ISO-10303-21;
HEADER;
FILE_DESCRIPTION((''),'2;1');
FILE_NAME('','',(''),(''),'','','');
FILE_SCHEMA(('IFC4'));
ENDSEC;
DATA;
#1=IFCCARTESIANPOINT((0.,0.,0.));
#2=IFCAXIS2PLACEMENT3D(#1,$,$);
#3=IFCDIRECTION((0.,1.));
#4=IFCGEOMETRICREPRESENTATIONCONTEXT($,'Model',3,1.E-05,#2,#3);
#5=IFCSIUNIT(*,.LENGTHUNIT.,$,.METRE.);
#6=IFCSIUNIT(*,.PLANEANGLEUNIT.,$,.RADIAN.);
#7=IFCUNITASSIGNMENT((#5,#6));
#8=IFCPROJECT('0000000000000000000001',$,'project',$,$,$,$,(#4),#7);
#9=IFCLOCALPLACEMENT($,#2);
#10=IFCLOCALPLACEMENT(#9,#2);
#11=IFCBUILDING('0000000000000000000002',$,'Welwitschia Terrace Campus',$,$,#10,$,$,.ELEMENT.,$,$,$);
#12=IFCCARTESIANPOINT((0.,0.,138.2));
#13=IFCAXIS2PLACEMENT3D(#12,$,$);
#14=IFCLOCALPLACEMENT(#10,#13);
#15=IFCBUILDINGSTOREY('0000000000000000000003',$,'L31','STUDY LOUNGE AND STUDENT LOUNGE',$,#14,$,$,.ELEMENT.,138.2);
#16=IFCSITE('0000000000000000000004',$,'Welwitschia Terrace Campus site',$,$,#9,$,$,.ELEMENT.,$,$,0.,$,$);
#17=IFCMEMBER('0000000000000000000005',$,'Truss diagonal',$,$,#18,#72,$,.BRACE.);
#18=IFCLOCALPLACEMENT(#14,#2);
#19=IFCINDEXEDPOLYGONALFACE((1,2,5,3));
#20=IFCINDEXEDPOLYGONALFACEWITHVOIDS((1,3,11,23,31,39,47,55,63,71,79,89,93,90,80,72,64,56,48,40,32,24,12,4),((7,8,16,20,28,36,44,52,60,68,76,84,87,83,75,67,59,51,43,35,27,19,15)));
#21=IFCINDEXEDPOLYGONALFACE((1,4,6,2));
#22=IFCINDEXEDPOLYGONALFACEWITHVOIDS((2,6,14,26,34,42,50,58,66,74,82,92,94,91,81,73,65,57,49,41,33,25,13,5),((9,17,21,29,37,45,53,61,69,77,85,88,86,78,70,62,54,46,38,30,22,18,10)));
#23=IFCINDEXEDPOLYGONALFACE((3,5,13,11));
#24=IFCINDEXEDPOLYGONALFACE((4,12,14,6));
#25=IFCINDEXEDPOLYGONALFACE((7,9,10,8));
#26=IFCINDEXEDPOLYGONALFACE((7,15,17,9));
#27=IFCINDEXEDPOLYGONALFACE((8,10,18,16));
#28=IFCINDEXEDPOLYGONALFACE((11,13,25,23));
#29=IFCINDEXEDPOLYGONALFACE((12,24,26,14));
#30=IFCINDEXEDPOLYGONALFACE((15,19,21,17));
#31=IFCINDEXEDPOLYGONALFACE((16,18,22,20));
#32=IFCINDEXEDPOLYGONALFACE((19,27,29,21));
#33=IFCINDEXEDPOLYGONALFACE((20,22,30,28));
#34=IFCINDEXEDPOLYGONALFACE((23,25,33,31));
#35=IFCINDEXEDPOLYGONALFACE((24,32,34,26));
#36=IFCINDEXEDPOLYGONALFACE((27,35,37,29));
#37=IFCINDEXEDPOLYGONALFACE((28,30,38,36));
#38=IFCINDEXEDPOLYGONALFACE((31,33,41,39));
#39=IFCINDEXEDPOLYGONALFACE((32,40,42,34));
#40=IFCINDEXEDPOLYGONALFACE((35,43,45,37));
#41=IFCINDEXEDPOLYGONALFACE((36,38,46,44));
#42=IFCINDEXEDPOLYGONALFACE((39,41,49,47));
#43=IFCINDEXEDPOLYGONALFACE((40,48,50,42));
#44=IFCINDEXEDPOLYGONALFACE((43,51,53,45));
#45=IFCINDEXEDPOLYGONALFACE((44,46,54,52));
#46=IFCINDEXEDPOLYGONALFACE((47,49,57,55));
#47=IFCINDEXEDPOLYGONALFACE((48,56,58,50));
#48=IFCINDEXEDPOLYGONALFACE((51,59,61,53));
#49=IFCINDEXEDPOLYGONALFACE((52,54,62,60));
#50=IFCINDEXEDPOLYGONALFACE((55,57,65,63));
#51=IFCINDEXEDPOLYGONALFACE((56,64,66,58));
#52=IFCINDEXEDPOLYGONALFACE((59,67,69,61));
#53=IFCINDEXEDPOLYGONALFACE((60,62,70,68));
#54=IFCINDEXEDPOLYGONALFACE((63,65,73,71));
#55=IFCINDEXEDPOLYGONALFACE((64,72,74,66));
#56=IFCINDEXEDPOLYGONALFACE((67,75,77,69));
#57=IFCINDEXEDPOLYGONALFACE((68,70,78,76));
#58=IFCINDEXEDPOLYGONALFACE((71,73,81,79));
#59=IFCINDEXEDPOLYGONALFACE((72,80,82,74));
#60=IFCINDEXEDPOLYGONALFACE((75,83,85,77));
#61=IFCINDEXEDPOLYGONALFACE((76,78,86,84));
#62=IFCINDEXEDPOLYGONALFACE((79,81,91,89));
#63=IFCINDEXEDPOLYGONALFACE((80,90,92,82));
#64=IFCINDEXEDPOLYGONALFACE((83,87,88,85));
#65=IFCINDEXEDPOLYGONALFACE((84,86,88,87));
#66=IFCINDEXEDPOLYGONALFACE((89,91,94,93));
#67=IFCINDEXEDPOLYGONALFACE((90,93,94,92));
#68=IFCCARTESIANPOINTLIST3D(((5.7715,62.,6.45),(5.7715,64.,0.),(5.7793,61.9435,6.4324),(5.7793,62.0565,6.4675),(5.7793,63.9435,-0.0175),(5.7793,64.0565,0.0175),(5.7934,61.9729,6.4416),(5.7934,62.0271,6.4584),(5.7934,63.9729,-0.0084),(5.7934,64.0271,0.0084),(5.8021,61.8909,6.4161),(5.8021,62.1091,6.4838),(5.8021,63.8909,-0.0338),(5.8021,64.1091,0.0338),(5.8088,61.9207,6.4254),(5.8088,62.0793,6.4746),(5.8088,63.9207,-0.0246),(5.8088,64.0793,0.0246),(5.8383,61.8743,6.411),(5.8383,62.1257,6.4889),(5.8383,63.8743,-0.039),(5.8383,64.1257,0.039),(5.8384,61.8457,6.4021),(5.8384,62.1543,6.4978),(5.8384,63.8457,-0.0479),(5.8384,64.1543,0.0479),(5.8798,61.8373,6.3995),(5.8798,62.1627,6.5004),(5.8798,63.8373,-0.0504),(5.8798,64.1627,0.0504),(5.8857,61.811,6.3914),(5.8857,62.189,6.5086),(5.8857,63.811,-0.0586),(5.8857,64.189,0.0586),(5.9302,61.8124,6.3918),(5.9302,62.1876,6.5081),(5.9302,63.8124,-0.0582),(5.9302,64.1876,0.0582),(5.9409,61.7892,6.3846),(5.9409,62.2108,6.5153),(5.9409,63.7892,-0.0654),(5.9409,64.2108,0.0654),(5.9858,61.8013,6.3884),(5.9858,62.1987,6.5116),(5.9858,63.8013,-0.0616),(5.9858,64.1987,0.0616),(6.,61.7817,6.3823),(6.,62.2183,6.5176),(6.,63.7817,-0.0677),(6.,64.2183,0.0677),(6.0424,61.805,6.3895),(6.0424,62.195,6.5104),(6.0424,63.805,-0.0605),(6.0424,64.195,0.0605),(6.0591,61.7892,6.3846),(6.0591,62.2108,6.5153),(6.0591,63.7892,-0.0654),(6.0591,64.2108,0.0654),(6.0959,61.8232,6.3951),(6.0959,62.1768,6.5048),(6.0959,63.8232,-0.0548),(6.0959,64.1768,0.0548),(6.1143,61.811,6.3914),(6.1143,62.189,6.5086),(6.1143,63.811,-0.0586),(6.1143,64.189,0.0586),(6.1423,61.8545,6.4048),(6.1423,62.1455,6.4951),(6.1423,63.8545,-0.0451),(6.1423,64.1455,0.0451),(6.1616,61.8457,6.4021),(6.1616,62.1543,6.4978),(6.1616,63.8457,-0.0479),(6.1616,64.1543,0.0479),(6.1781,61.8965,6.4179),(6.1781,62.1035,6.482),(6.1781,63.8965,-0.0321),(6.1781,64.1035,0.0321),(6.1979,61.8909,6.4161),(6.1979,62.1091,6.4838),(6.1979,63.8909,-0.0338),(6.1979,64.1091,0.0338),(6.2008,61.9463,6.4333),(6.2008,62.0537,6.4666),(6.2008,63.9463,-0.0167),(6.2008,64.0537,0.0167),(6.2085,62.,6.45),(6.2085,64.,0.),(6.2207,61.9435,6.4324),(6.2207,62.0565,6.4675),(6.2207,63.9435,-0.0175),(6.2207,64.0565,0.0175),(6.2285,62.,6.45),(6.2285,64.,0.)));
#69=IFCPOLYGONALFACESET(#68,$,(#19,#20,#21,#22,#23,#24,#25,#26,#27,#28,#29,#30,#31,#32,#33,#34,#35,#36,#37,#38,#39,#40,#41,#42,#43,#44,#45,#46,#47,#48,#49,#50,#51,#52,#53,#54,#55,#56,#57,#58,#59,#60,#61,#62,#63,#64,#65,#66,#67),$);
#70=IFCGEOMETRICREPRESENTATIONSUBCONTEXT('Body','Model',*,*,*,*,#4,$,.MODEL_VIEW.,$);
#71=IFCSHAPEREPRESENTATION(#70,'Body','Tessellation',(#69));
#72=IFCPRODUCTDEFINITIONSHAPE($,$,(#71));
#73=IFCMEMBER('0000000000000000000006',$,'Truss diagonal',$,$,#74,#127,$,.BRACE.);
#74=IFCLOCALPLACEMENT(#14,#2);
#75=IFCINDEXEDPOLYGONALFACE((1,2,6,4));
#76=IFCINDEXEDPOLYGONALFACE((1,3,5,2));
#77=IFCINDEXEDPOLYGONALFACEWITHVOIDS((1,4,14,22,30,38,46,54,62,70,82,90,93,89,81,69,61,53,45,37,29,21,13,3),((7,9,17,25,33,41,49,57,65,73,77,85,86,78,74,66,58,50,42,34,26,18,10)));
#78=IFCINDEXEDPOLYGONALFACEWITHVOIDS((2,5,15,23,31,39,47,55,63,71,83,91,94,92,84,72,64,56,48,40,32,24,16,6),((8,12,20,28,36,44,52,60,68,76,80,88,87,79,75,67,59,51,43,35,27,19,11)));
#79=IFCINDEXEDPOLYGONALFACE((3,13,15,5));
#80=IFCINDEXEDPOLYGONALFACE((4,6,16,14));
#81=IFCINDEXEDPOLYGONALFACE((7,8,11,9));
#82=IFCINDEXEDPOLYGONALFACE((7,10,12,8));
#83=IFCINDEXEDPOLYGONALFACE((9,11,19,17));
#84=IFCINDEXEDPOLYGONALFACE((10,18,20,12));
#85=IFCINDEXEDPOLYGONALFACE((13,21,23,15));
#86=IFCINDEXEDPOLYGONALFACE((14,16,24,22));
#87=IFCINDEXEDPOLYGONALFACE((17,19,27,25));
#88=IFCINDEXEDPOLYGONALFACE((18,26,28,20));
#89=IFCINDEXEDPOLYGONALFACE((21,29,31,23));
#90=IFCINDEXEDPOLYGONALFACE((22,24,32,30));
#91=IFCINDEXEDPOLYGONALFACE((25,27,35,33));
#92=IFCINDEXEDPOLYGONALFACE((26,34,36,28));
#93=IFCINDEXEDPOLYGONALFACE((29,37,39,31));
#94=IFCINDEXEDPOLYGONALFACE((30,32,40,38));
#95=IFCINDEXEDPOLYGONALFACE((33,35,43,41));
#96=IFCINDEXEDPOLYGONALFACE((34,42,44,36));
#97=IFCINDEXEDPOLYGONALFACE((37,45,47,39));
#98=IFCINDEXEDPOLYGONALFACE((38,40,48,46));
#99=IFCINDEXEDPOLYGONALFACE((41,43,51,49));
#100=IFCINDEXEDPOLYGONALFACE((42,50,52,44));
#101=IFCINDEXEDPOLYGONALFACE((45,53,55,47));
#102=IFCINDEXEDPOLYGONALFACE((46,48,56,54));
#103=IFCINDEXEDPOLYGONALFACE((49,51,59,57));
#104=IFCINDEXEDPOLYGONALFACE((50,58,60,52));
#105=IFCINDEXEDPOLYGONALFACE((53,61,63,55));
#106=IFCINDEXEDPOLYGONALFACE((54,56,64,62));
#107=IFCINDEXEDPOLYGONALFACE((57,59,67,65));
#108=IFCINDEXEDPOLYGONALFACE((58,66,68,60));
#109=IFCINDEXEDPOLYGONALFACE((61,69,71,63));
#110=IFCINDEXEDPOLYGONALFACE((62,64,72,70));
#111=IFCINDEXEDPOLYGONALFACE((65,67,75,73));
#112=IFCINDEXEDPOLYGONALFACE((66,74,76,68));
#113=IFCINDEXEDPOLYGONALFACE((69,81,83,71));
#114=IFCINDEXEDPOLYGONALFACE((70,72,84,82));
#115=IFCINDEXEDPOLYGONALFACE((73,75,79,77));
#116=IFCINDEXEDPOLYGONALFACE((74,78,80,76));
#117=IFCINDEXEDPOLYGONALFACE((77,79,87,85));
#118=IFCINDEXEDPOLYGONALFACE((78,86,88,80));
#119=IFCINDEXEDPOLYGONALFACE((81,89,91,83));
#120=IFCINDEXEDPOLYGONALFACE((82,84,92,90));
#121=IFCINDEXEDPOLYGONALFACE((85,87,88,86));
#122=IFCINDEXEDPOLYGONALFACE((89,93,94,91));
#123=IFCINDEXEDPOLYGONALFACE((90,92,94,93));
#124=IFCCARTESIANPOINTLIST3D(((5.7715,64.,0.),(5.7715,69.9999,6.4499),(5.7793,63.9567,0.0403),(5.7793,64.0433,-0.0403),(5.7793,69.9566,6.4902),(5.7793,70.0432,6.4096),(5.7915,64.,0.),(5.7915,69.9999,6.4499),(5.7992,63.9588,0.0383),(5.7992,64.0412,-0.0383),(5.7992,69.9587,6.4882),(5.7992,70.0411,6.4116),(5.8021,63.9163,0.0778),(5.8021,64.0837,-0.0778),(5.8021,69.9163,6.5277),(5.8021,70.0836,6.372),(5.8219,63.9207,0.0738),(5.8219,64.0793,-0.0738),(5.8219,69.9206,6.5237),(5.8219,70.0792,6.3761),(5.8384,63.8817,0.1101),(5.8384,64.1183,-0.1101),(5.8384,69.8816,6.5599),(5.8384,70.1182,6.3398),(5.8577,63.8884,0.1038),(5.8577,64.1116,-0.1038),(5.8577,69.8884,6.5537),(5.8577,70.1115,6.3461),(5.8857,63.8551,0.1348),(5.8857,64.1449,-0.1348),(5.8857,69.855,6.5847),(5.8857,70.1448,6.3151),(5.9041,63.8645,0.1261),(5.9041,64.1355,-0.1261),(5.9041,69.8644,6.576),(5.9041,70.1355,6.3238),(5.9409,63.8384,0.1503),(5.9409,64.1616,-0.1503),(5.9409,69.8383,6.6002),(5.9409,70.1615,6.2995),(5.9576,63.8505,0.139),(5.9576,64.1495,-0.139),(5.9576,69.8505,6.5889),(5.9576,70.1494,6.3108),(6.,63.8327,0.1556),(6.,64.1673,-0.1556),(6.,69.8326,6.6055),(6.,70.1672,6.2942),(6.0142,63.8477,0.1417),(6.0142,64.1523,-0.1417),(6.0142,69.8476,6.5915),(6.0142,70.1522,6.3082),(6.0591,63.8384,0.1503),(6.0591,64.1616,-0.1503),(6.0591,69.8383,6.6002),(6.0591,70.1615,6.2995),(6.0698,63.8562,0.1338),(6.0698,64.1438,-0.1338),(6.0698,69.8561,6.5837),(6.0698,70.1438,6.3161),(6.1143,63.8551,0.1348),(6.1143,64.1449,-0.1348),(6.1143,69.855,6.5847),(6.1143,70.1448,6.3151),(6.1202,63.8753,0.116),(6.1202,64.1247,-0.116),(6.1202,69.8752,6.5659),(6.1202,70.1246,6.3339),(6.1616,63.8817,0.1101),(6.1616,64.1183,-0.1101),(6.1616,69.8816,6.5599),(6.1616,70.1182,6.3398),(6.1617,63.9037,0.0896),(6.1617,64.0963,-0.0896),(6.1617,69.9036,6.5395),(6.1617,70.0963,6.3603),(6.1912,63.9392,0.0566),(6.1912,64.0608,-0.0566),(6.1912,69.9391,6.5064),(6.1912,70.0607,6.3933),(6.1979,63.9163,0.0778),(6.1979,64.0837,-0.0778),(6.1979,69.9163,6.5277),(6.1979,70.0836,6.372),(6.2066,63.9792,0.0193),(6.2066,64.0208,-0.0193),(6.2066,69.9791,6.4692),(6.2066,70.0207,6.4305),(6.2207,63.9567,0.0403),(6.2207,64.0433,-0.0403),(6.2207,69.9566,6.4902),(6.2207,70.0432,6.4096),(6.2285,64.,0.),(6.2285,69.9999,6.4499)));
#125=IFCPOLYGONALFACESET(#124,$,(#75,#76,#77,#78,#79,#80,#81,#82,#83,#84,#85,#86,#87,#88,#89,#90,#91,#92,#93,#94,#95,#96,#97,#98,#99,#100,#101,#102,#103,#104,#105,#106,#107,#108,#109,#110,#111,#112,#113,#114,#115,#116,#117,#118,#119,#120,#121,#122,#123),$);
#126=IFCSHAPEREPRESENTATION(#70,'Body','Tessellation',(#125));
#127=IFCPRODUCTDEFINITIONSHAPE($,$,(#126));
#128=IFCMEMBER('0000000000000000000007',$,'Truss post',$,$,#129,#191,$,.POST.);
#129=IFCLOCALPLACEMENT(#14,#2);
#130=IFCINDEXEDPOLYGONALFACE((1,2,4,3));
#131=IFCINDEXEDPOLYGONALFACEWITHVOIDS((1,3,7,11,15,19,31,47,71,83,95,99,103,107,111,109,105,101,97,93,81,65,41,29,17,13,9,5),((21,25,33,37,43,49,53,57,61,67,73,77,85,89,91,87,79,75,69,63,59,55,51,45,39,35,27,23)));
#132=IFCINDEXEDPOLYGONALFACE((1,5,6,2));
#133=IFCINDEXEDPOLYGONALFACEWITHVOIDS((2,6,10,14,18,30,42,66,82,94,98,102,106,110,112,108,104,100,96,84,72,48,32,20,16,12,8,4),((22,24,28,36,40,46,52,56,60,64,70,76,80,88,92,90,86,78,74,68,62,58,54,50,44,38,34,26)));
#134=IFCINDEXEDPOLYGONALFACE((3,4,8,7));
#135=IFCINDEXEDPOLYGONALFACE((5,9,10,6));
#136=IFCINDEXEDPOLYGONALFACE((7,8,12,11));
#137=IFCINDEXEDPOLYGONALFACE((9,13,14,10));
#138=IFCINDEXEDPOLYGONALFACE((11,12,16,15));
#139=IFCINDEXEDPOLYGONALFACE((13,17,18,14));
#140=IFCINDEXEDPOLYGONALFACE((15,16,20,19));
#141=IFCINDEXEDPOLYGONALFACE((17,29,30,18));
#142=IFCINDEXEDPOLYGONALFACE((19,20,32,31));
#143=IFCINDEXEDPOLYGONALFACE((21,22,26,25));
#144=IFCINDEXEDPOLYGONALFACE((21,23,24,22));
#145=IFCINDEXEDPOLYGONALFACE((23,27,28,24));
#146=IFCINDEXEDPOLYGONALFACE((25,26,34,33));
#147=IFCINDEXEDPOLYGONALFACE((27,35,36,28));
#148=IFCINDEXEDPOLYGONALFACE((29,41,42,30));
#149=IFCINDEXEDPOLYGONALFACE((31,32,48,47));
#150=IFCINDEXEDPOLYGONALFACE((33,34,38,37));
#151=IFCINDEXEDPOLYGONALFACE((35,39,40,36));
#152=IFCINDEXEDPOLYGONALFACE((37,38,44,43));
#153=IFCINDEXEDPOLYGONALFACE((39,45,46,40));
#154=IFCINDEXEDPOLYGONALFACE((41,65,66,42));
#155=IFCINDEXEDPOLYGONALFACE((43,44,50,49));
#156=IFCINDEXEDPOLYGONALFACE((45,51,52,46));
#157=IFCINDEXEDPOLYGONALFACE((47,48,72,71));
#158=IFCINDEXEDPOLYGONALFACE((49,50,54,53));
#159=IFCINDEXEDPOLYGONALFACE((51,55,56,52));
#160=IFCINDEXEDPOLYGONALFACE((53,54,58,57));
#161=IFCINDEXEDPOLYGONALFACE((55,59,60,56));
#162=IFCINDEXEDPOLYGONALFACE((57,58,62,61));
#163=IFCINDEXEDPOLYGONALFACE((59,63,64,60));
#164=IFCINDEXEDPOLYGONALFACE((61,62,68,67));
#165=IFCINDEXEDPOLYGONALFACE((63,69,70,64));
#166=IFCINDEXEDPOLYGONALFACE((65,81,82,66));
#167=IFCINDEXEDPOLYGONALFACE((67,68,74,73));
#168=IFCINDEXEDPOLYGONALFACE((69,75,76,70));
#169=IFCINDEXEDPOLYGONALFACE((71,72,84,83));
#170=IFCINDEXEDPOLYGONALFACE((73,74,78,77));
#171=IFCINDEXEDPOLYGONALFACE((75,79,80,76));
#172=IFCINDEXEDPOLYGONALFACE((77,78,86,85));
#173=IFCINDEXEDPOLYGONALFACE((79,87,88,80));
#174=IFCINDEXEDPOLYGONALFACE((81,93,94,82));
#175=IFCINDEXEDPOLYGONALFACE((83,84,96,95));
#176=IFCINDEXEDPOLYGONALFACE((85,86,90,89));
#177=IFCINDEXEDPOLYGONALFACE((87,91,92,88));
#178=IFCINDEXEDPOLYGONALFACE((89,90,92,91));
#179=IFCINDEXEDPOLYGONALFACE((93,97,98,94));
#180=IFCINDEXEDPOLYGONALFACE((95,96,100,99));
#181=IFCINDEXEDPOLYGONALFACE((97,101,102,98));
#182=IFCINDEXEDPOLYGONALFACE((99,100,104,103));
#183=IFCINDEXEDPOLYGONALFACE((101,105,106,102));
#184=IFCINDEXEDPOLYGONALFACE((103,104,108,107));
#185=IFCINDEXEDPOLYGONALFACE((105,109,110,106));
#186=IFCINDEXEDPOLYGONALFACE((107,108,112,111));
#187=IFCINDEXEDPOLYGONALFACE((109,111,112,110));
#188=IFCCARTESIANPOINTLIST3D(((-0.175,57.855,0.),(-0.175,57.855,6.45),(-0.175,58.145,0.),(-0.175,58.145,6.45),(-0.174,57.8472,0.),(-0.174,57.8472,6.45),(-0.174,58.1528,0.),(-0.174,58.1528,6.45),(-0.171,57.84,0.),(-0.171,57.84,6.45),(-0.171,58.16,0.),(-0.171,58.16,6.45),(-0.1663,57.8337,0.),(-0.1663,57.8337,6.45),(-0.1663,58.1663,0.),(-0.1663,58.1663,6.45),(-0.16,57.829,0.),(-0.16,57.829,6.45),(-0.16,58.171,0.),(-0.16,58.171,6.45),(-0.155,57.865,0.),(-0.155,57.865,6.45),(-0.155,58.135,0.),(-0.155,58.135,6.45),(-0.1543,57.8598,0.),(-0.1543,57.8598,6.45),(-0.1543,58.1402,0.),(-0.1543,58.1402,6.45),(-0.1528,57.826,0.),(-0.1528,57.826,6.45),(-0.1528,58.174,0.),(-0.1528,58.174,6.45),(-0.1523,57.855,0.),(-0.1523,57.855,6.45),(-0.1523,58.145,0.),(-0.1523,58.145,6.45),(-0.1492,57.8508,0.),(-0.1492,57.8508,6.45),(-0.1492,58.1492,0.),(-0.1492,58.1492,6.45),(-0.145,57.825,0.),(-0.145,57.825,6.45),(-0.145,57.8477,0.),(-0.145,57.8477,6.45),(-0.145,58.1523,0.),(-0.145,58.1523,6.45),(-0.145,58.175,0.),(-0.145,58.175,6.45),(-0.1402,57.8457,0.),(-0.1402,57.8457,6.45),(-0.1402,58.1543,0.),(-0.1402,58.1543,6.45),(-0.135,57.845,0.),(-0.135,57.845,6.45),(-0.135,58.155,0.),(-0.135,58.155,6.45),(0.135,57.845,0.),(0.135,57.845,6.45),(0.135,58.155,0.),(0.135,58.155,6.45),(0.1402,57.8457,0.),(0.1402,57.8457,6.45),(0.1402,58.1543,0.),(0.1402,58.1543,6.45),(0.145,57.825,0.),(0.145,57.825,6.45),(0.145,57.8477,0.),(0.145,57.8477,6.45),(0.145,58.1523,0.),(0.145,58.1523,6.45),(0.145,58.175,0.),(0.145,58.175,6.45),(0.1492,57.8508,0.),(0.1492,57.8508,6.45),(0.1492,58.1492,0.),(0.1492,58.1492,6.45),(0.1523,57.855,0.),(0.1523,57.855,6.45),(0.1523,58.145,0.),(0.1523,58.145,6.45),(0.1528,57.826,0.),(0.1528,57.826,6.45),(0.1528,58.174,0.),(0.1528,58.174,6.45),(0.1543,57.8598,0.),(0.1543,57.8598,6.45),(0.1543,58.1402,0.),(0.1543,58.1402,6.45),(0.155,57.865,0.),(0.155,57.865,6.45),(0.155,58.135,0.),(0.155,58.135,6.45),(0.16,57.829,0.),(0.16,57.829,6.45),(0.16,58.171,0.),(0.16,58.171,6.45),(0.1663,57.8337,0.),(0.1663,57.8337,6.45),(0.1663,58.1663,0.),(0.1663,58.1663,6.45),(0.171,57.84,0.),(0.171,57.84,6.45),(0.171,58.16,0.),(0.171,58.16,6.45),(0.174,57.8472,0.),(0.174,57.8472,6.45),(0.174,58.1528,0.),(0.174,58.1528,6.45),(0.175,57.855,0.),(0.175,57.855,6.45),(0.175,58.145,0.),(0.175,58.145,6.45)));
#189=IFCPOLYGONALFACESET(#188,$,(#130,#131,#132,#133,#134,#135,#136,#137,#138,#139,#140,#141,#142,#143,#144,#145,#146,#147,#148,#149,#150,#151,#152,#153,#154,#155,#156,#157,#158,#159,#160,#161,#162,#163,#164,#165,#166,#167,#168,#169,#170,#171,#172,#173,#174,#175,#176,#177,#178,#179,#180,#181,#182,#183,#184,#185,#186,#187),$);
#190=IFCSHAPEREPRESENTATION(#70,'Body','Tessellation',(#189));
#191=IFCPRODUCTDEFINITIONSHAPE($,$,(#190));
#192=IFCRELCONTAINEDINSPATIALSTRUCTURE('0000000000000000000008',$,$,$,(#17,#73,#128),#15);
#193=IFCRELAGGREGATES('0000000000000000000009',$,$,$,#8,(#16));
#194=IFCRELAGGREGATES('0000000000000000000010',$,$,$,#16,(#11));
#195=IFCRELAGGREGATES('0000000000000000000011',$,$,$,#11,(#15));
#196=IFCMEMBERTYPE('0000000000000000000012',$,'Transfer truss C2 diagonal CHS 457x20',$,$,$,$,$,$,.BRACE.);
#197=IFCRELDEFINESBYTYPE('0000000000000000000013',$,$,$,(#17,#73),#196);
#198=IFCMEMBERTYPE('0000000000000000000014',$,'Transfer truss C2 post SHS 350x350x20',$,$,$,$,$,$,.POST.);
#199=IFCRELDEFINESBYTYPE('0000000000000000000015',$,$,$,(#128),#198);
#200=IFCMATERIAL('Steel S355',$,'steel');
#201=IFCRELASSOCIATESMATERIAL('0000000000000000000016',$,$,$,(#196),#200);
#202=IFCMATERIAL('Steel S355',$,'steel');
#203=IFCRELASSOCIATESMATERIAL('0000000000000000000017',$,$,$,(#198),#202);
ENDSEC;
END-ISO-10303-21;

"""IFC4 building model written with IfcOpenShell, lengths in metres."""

from ifc_helpers import new_model, si_unit, direction, frame, origin, origin_2d, place, context, subcontext, project, spatial, hollow_rectangle, hollow_circle, extrude, material, material_profile, profile_set, type_object, element, save


model = new_model("IFC4")

# Units and contexts
model_context = context("Model", 3, precision=1e-05, world=origin(), true_north=direction((0.0, 1.0)))
body_context = subcontext(model_context, "Body", "Model", "MODEL_VIEW")
ifc_project = project(units=[si_unit("LENGTHUNIT", "METRE"), si_unit("PLANEANGLEUNIT", "RADIAN")], contexts=[model_context])

# Site, building, storey
site_placement = place(None, origin())
site = spatial("IfcSite", under=ifc_project, at=site_placement, Name="Welwitschia Terrace Campus site", CompositionType="ELEMENT", RefElevation=0.0)
building_placement = place(site_placement, origin())
building = spatial("IfcBuilding", under=site, at=building_placement, Name="Welwitschia Terrace Campus", CompositionType="ELEMENT")
storey_placement = place(building_placement, frame((0.0, 0.0, 138.2)))
storey = spatial("IfcBuildingStorey", under=building, at=storey_placement, Name="L31", Description="STUDY LOUNGE AND STUDENT LOUNGE", CompositionType="ELEMENT", Elevation=138.2)

# Members
ifc_material_1 = material(Name="Steel S355", Category="steel")
ifc_material_profile_1 = material_profile(ifc_material_1, hollow_circle(Radius=0.2285, WallThickness=0.02, at=origin_2d()))
ifc_profile_set_1 = profile_set([ifc_material_profile_1], Name="Steel S355")
member_type_1 = type_object("IfcMemberType", Name="Transfer truss C2 diagonal CHS 457x20", PredefinedType="BRACE", material=ifc_profile_set_1)
member_1_placement = place(storey_placement, frame((6.0, 64.0, 0.0), z_axis=(0.0, -0.296168, 0.955136), x_axis=(1.0, 0.0, 0.0)))
element("IfcMember", 1, at=member_1_placement, inside=storey, type_object=member_type_1, Name="Truss diagonal", PredefinedType="BRACE", context=body_context, shape_type="SweptSolid", body=[
    extrude(hollow_circle(Radius=0.2285, WallThickness=0.02, at=origin_2d()), origin(), (0.0, 0.0, 1.0), 6.7529),
])
member_2_placement = place(storey_placement, frame((6.0, 64.0, 0.0), z_axis=(0.0, 0.681107, 0.732184), x_axis=(-1.0, 0.0, 0.0)))
element("IfcMember", 2, at=member_2_placement, inside=storey, type_object=member_type_1, Name="Truss diagonal", PredefinedType="BRACE", context=body_context, shape_type="SweptSolid", body=[
    extrude(hollow_circle(Radius=0.2285, WallThickness=0.02, at=origin_2d()), origin(), (0.0, 0.0, 1.0), 8.8091),
])
ifc_material_2 = material(Name="Steel S355", Category="steel")
ifc_material_profile_2 = material_profile(ifc_material_2, hollow_rectangle(XDim=0.3501, YDim=0.3501, WallThickness=0.02, InnerFilletRadius=0.02, OuterFilletRadius=0.03, at=origin_2d()))
ifc_profile_set_2 = profile_set([ifc_material_profile_2], Name="Steel S355")
member_type_2 = type_object("IfcMemberType", Name="Transfer truss C2 post SHS 350x350x20", PredefinedType="POST", material=ifc_profile_set_2)
for number, where, z_axis, x_axis, name in (
    (3, (0.0, 58.0, 0.0), (0.0, 0.0, 1.0), (1.0, 0.0, 0.0), "Truss post"),
):
    element("IfcMember", number, at=place(storey_placement, frame(where, z_axis=z_axis, x_axis=x_axis)), inside=storey, type_object=member_type_2, Name=name, PredefinedType="POST", context=body_context, shape_type="SweptSolid", body=[
        extrude(hollow_rectangle(XDim=0.3501, YDim=0.3501, WallThickness=0.02, InnerFilletRadius=0.02, OuterFilletRadius=0.03, at=origin_2d()), origin(), (0.0, 0.0, 1.0), 6.45),
    ])

save(model, "model.ifc")
